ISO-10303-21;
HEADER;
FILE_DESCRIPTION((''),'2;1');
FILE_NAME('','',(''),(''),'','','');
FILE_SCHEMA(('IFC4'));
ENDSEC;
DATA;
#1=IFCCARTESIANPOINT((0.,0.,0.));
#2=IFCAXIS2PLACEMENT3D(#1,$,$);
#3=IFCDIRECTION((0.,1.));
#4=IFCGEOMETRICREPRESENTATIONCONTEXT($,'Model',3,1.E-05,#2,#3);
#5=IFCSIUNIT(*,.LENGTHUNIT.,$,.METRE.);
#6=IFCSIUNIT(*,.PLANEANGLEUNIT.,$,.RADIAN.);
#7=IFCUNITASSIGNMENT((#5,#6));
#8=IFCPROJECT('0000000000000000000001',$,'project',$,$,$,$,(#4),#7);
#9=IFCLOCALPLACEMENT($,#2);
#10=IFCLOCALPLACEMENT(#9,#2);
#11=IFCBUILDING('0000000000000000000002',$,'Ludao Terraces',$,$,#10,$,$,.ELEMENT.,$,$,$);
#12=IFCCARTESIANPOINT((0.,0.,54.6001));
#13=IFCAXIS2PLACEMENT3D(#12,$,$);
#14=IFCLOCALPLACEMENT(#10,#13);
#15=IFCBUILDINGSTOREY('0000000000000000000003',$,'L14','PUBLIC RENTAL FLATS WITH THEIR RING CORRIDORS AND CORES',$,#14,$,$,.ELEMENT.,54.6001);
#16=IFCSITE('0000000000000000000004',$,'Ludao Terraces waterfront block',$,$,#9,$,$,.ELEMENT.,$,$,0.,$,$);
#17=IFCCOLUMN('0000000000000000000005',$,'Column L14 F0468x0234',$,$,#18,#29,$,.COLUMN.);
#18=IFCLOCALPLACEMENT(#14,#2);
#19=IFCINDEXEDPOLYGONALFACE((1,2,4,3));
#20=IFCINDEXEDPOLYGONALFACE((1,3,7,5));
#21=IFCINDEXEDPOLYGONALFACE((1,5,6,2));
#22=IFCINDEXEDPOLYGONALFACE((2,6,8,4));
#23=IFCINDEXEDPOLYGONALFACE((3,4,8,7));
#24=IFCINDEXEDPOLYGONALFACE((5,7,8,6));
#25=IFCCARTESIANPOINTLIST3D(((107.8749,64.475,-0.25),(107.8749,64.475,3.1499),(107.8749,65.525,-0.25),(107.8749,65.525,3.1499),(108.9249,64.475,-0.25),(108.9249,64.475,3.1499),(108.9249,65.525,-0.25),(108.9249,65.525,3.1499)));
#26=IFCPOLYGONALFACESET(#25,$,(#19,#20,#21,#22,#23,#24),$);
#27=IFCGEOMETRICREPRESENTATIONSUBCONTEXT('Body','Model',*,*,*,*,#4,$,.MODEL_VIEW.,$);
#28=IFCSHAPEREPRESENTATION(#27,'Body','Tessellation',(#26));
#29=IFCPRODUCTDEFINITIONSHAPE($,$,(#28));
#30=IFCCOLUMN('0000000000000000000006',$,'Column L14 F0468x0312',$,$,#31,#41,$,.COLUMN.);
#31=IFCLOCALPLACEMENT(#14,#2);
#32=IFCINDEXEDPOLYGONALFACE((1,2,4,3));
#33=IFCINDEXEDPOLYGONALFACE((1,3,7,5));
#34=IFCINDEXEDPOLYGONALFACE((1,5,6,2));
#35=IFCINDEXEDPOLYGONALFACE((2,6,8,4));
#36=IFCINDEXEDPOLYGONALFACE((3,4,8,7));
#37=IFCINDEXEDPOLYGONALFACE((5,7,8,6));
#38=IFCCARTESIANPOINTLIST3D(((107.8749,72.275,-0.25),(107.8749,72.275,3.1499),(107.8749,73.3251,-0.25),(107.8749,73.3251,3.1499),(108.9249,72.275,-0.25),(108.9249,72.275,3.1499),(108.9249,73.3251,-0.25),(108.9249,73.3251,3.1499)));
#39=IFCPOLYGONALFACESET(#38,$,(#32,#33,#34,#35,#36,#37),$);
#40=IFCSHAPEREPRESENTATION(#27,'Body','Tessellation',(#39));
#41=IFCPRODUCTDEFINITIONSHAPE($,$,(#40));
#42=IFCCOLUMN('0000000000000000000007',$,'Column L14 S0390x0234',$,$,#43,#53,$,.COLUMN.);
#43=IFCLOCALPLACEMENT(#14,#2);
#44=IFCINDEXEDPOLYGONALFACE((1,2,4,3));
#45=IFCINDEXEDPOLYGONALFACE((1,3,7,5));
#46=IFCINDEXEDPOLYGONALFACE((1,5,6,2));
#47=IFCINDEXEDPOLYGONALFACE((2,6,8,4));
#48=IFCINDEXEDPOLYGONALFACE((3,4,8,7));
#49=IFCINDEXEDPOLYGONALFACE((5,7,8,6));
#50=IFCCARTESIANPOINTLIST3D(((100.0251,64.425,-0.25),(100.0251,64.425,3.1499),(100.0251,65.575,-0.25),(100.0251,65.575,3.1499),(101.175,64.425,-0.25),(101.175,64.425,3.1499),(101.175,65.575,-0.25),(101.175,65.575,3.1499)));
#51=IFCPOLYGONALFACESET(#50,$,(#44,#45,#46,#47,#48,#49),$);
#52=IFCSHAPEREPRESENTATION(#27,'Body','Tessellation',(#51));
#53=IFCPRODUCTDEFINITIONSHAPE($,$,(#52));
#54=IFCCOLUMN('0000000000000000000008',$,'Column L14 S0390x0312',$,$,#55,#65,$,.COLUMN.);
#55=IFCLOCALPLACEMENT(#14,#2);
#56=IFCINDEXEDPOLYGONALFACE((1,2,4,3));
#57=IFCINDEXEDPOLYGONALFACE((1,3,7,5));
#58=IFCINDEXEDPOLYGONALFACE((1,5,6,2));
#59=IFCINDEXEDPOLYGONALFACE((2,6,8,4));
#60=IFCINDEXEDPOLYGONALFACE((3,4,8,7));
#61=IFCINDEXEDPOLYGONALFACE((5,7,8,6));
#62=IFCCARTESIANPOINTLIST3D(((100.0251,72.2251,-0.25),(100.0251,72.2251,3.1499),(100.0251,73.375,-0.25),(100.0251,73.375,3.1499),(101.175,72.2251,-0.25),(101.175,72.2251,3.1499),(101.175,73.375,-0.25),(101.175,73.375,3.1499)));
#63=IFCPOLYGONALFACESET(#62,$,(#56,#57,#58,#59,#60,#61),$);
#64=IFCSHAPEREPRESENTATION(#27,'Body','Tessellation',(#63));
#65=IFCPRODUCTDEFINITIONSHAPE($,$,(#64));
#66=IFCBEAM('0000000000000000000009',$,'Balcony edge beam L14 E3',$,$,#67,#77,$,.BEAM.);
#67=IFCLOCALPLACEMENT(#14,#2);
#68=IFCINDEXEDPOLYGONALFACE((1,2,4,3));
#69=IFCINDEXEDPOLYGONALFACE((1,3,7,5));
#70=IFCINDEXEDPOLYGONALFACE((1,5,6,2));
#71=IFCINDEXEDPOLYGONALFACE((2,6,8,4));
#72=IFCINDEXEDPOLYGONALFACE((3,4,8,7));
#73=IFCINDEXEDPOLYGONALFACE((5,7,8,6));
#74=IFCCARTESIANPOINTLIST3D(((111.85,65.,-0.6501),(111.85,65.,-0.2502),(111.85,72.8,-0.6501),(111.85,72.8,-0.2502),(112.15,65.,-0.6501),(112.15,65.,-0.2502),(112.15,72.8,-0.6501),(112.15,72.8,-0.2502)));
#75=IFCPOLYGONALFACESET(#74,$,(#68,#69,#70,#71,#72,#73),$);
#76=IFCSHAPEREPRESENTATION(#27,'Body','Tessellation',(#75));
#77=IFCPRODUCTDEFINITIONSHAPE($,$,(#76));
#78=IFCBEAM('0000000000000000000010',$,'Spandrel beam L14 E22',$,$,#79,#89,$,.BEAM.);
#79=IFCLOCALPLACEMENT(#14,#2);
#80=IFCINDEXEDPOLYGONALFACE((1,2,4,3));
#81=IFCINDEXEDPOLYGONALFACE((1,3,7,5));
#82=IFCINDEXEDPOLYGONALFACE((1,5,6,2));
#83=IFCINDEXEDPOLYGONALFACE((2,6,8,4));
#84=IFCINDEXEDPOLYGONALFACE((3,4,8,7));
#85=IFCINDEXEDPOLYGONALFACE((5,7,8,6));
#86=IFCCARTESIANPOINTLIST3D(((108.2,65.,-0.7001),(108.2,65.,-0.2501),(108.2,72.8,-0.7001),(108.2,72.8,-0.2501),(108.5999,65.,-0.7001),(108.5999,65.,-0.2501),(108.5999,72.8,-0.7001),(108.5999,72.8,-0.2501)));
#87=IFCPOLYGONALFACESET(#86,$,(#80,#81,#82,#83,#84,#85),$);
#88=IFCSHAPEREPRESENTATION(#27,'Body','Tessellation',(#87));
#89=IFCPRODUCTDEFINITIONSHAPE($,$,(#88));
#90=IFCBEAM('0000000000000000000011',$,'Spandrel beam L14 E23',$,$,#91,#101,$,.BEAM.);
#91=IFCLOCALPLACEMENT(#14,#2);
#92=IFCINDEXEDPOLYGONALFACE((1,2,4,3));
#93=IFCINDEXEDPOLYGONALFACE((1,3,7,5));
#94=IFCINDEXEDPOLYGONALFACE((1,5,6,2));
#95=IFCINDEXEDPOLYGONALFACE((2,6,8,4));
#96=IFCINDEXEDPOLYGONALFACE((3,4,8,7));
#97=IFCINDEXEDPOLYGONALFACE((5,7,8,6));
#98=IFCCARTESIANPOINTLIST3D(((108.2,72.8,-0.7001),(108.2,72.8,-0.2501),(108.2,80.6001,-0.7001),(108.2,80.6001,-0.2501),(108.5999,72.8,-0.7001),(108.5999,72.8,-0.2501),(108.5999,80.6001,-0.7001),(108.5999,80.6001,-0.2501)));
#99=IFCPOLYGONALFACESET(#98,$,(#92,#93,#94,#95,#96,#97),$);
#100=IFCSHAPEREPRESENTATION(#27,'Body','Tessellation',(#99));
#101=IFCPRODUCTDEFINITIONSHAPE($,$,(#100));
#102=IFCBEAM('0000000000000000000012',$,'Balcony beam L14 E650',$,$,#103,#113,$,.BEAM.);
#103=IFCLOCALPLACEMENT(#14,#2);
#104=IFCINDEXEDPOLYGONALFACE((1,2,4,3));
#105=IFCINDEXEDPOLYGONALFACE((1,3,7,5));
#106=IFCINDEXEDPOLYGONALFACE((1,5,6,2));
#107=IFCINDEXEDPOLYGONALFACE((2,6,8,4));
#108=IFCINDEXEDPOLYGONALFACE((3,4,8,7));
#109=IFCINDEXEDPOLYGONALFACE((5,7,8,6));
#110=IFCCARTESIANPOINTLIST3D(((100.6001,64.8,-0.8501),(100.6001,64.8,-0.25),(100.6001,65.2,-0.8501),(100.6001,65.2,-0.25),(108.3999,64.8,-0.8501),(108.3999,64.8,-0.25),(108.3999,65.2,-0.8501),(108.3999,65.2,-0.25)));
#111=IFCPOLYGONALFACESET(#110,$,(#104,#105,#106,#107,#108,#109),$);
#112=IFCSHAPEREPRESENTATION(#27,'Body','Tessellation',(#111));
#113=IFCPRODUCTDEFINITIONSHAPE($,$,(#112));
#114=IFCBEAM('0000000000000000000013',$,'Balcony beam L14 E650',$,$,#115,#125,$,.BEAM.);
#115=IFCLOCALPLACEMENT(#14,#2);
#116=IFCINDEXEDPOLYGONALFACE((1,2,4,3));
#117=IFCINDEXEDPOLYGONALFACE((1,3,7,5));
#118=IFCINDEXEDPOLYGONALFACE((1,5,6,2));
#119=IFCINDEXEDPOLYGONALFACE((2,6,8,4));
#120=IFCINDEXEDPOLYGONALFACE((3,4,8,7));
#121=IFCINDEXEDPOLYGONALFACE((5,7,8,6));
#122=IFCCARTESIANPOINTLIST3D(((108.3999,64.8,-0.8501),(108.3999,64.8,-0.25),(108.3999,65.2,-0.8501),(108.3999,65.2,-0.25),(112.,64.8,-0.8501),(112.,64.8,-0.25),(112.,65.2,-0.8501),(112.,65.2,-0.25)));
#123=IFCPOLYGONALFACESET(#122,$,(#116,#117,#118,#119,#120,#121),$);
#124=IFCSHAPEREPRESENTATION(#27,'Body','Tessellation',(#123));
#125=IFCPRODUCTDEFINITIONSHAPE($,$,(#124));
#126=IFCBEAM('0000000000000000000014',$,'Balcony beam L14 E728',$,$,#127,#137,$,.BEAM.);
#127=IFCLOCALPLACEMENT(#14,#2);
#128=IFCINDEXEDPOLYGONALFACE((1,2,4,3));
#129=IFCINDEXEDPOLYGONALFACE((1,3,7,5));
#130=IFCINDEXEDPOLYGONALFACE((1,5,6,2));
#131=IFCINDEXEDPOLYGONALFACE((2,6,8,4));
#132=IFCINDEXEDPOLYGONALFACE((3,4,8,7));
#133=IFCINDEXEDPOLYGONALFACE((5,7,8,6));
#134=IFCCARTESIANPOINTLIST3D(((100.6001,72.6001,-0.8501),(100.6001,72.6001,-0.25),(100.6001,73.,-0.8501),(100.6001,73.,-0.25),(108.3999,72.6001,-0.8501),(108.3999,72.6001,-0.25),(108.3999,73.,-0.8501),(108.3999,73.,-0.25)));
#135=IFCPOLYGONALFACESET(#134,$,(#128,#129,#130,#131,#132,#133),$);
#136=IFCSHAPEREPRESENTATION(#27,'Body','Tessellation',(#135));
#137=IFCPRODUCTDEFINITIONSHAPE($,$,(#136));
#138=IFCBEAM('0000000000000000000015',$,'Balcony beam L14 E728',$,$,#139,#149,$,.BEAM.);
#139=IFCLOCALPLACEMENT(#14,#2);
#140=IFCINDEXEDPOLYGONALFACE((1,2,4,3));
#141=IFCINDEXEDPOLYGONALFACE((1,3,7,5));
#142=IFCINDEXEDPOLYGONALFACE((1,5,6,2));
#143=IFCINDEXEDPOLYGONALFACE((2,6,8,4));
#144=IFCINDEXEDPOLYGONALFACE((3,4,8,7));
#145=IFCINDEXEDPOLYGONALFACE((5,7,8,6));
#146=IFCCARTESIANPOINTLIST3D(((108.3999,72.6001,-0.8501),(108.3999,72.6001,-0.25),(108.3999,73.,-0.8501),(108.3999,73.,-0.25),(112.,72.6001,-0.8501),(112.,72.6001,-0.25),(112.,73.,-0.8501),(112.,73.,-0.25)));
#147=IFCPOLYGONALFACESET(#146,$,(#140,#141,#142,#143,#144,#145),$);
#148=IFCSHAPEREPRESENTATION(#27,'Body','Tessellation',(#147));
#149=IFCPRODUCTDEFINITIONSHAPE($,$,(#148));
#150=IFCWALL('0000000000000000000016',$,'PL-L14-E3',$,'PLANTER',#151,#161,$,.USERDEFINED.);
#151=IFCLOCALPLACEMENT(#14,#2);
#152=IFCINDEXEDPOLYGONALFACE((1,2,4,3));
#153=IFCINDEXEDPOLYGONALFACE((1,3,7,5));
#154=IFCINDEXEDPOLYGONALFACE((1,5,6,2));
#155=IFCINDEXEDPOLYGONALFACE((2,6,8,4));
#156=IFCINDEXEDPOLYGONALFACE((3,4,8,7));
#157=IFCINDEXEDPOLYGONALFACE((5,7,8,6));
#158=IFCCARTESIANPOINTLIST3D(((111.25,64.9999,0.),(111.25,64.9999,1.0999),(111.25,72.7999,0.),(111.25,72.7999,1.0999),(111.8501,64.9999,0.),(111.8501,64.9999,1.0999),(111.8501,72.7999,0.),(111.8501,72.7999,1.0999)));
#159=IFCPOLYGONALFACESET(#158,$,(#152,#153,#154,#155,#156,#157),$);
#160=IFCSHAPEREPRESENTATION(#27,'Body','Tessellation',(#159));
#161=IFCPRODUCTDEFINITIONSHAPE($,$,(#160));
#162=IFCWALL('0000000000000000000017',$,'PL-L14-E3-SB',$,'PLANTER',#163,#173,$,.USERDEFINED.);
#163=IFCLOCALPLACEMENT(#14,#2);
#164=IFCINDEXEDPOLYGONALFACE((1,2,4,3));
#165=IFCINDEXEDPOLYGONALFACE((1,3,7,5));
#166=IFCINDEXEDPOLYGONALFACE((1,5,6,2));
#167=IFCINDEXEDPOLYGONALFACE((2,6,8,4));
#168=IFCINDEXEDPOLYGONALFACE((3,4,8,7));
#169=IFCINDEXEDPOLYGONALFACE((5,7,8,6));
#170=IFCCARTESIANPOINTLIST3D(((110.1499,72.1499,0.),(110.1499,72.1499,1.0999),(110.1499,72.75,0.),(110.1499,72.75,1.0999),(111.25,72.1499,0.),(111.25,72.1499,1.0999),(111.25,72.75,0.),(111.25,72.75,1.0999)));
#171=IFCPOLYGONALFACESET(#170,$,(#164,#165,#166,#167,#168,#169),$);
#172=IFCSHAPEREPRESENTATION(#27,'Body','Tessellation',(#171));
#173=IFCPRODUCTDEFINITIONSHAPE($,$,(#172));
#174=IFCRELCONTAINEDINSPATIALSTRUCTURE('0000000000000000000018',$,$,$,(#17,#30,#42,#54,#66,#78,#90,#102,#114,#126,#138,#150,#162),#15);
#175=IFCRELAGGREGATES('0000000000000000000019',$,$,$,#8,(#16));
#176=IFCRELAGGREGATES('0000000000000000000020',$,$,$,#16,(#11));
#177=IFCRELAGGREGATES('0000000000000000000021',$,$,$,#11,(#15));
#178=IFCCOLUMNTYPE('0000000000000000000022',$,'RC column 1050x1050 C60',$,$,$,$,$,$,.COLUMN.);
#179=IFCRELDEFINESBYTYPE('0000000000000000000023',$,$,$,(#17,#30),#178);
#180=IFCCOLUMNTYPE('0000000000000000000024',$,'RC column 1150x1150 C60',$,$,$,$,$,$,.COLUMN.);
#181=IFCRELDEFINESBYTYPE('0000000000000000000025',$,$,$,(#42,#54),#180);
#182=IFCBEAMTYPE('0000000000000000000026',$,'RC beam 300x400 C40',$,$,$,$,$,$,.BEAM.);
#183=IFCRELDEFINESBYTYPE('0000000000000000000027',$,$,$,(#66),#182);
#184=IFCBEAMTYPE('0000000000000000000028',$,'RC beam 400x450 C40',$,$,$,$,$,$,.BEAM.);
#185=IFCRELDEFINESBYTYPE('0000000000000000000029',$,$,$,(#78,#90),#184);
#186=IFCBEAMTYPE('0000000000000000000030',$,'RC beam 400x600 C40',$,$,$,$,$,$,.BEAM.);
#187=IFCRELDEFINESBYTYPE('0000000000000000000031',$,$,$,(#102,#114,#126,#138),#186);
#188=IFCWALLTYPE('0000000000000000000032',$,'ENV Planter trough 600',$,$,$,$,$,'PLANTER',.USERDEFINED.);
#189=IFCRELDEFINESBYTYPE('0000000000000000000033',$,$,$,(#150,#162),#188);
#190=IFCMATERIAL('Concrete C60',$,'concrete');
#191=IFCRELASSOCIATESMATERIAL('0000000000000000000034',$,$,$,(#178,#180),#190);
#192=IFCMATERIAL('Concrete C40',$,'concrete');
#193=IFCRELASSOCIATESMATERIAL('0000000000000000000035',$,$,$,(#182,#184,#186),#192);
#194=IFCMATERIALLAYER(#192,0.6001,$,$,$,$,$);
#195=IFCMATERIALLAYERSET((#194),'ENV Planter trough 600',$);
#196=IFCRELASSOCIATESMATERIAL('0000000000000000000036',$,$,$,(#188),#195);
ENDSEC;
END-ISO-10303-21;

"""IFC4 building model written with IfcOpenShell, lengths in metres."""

from ifc_helpers import new_model, si_unit, direction, frame, frame_2d, origin, origin_2d, place, context, subcontext, project, spatial, rectangle, extrude, material, layer, layer_set, material_profile, profile_set, type_object, element, save


model = new_model("IFC4")

# Units and contexts
model_context = context("Model", 3, precision=1e-05, world=origin(), true_north=direction((0.0, 1.0)))
body_context = subcontext(model_context, "Body", "Model", "MODEL_VIEW")
ifc_project = project(units=[si_unit("LENGTHUNIT", "METRE"), si_unit("PLANEANGLEUNIT", "RADIAN")], contexts=[model_context])

# Site, building, storey
site_placement = place(None, origin())
site = spatial("IfcSite", under=ifc_project, at=site_placement, Name="Ludao Terraces waterfront block", CompositionType="ELEMENT", RefElevation=0.0)
building_placement = place(site_placement, origin())
building = spatial("IfcBuilding", under=site, at=building_placement, Name="Ludao Terraces", CompositionType="ELEMENT")
storey_placement = place(building_placement, frame((0.0, 0.0, 54.6001)))
storey = spatial("IfcBuildingStorey", under=building, at=storey_placement, Name="L14", Description="PUBLIC RENTAL FLATS WITH THEIR RING CORRIDORS AND CORES", CompositionType="ELEMENT", Elevation=54.6001)

# Columns
ifc_material_1 = material(Name="Concrete C60", Category="concrete")
ifc_material_profile_1 = material_profile(ifc_material_1, rectangle(XDim=1.05, YDim=1.05, at=origin_2d()), Name="1050 X 1050")
ifc_profile_set_1 = profile_set([ifc_material_profile_1], Name="Concrete C60")
column_type_1 = type_object("IfcColumnType", Name="RC column 1050x1050 C60", PredefinedType="COLUMN", material=ifc_profile_set_1)
for number, where, z_axis, x_axis, name in (
    (1, (108.3999, 65.0, -0.25), (0.0, 0.0, 1.0), (1.0, 0.0, 0.0), "Column L14 F0468x0234"),
    (2, (108.3999, 72.8, -0.25), (0.0, 0.0, 1.0), (1.0, 0.0, 0.0), "Column L14 F0468x0312"),
):
    element("IfcColumn", number, at=place(storey_placement, frame(where, z_axis=z_axis, x_axis=x_axis)), inside=storey, type_object=column_type_1, Name=name, PredefinedType="COLUMN", context=body_context, shape_type="SweptSolid", body=[
        extrude(rectangle(XDim=1.05, YDim=1.05, at=origin_2d()), origin(), (0.0, 0.0, 1.0), 3.3999),
    ])
ifc_material_profile_2 = material_profile(ifc_material_1, rectangle(XDim=1.1499, YDim=1.1499, at=origin_2d()), Name="1150 X 1150")
ifc_profile_set_2 = profile_set([ifc_material_profile_2], Name="Concrete C60")
column_type_2 = type_object("IfcColumnType", Name="RC column 1150x1150 C60", PredefinedType="COLUMN", material=ifc_profile_set_2)
for number, where, z_axis, x_axis, name in (
    (3, (100.6001, 65.0, -0.25), (0.0, 0.0, 1.0), (1.0, 0.0, 0.0), "Column L14 S0390x0234"),
    (4, (100.6001, 72.8, -0.25), (0.0, 0.0, 1.0), (1.0, 0.0, 0.0), "Column L14 S0390x0312"),
):
    element("IfcColumn", number, at=place(storey_placement, frame(where, z_axis=z_axis, x_axis=x_axis)), inside=storey, type_object=column_type_2, Name=name, PredefinedType="COLUMN", context=body_context, shape_type="SweptSolid", body=[
        extrude(rectangle(XDim=1.1499, YDim=1.1499, at=origin_2d()), origin(), (0.0, 0.0, 1.0), 3.3999),
    ])

# Beams
ifc_material_2 = material(Name="Concrete C40", Category="concrete")
ifc_material_profile_3 = material_profile(ifc_material_2, rectangle(XDim=0.3, YDim=0.3999, at=origin_2d()), Name="300 X 400")
ifc_profile_set_3 = profile_set([ifc_material_profile_3], Name="Concrete C40")
beam_type_1 = type_object("IfcBeamType", Name="RC beam 300x400 C40", PredefinedType="BEAM", material=ifc_profile_set_3)
beam_1_placement = place(storey_placement, frame((112.0, 65.0, -0.4502), z_axis=(0.0, 1.0, 0.0), x_axis=(-1.0, 0.0, 0.0)))
element("IfcBeam", 5, at=beam_1_placement, inside=storey, type_object=beam_type_1, Name="Balcony edge beam L14 E3", PredefinedType="BEAM", context=body_context, shape_type="SweptSolid", body=[
    extrude(rectangle(XDim=0.3, YDim=0.3999, at=origin_2d()), origin(), (0.0, 0.0, 1.0), 7.8),
])
ifc_material_profile_4 = material_profile(ifc_material_2, rectangle(XDim=0.3999, YDim=0.45, at=origin_2d()), Name="400 X 450")
ifc_profile_set_4 = profile_set([ifc_material_profile_4], Name="Concrete C40")
beam_type_2 = type_object("IfcBeamType", Name="RC beam 400x450 C40", PredefinedType="BEAM", material=ifc_profile_set_4)
for number, where, z_axis, x_axis, name in (
    (6, (108.3999, 65.0, -0.4751), (0.0, 1.0, 0.0), (-1.0, 0.0, 0.0), "Spandrel beam L14 E22"),
    (7, (108.3999, 72.8, -0.4751), (0.0, 1.0, 0.0), (-1.0, 0.0, 0.0), "Spandrel beam L14 E23"),
):
    element("IfcBeam", number, at=place(storey_placement, frame(where, z_axis=z_axis, x_axis=x_axis)), inside=storey, type_object=beam_type_2, Name=name, PredefinedType="BEAM", context=body_context, shape_type="SweptSolid", body=[
        extrude(rectangle(XDim=0.3999, YDim=0.45, at=origin_2d()), origin(), (0.0, 0.0, 1.0), 7.8),
    ])
ifc_material_profile_5 = material_profile(ifc_material_2, rectangle(XDim=0.3999, YDim=0.6001, at=origin_2d()), Name="400 X 600")
ifc_profile_set_5 = profile_set([ifc_material_profile_5], Name="Concrete C40")
beam_type_3 = type_object("IfcBeamType", Name="RC beam 400x600 C40", PredefinedType="BEAM", material=ifc_profile_set_5)
beam_2_placement = place(storey_placement, frame((100.6001, 65.0, -0.55), z_axis=(1.0, 0.0, 0.0), x_axis=(0.0, 1.0, 0.0)))
element("IfcBeam", 8, at=beam_2_placement, inside=storey, type_object=beam_type_3, Name="Balcony beam L14 E650", PredefinedType="BEAM", context=body_context, shape_type="SweptSolid", body=[
    extrude(rectangle(XDim=0.3999, YDim=0.6001, at=origin_2d()), origin(), (0.0, 0.0, 1.0), 7.7998),
])
beam_3_placement = place(storey_placement, frame((108.3999, 65.0, -0.55), z_axis=(1.0, 0.0, 0.0), x_axis=(0.0, 1.0, 0.0)))
element("IfcBeam", 9, at=beam_3_placement, inside=storey, type_object=beam_type_3, Name="Balcony beam L14 E650", PredefinedType="BEAM", context=body_context, shape_type="SweptSolid", body=[
    extrude(rectangle(XDim=0.3999, YDim=0.6001, at=origin_2d()), origin(), (0.0, 0.0, 1.0), 3.6001),
])
beam_4_placement = place(storey_placement, frame((100.6001, 72.8, -0.55), z_axis=(1.0, 0.0, 0.0), x_axis=(0.0, 1.0, 0.0)))
element("IfcBeam", 10, at=beam_4_placement, inside=storey, type_object=beam_type_3, Name="Balcony beam L14 E728", PredefinedType="BEAM", context=body_context, shape_type="SweptSolid", body=[
    extrude(rectangle(XDim=0.3999, YDim=0.6001, at=origin_2d()), origin(), (0.0, 0.0, 1.0), 7.7998),
])
beam_5_placement = place(storey_placement, frame((108.3999, 72.8, -0.55), z_axis=(1.0, 0.0, 0.0), x_axis=(0.0, 1.0, 0.0)))
element("IfcBeam", 11, at=beam_5_placement, inside=storey, type_object=beam_type_3, Name="Balcony beam L14 E728", PredefinedType="BEAM", context=body_context, shape_type="SweptSolid", body=[
    extrude(rectangle(XDim=0.3999, YDim=0.6001, at=origin_2d()), origin(), (0.0, 0.0, 1.0), 3.6001),
])

# Walls
ifc_layer_1 = layer(ifc_material_2, 0.6001)
ifc_layer_set_1 = layer_set([ifc_layer_1], Name="ENV Planter trough 600")
wall_type_1 = type_object("IfcWallType", Name="ENV Planter trough 600", ElementType="PLANTER", PredefinedType="USERDEFINED", material=ifc_layer_set_1)
wall_1_placement = place(storey_placement, frame((111.55, 65.0, 0.0), z_axis=(0.0, 0.0, 1.0), x_axis=(0.0, 1.0, 0.0)))
element("IfcWall", 12, at=wall_1_placement, inside=storey, type_object=wall_type_1, Name="PL-L14-E3", ObjectType="PLANTER", PredefinedType="USERDEFINED", context=body_context, shape_type="SweptSolid", body=[
    extrude(rectangle(XDim=7.8, YDim=0.6001, at=frame_2d((3.8999, 0.0))), origin(), (0.0, 0.0, 1.0), 1.0999),
])
wall_2_placement = place(storey_placement, frame((111.25, 72.45, 0.0), z_axis=(0.0, 0.0, 1.0), x_axis=(-1.0, 0.0, 0.0)))
element("IfcWall", 13, at=wall_2_placement, inside=storey, type_object=wall_type_1, Name="PL-L14-E3-SB", ObjectType="PLANTER", PredefinedType="USERDEFINED", context=body_context, shape_type="SweptSolid", body=[
    extrude(rectangle(XDim=1.1001, YDim=0.6001, at=frame_2d((0.55, 0.0))), origin(), (0.0, 0.0, 1.0), 1.0999),
])

save(model, "model.ifc")
